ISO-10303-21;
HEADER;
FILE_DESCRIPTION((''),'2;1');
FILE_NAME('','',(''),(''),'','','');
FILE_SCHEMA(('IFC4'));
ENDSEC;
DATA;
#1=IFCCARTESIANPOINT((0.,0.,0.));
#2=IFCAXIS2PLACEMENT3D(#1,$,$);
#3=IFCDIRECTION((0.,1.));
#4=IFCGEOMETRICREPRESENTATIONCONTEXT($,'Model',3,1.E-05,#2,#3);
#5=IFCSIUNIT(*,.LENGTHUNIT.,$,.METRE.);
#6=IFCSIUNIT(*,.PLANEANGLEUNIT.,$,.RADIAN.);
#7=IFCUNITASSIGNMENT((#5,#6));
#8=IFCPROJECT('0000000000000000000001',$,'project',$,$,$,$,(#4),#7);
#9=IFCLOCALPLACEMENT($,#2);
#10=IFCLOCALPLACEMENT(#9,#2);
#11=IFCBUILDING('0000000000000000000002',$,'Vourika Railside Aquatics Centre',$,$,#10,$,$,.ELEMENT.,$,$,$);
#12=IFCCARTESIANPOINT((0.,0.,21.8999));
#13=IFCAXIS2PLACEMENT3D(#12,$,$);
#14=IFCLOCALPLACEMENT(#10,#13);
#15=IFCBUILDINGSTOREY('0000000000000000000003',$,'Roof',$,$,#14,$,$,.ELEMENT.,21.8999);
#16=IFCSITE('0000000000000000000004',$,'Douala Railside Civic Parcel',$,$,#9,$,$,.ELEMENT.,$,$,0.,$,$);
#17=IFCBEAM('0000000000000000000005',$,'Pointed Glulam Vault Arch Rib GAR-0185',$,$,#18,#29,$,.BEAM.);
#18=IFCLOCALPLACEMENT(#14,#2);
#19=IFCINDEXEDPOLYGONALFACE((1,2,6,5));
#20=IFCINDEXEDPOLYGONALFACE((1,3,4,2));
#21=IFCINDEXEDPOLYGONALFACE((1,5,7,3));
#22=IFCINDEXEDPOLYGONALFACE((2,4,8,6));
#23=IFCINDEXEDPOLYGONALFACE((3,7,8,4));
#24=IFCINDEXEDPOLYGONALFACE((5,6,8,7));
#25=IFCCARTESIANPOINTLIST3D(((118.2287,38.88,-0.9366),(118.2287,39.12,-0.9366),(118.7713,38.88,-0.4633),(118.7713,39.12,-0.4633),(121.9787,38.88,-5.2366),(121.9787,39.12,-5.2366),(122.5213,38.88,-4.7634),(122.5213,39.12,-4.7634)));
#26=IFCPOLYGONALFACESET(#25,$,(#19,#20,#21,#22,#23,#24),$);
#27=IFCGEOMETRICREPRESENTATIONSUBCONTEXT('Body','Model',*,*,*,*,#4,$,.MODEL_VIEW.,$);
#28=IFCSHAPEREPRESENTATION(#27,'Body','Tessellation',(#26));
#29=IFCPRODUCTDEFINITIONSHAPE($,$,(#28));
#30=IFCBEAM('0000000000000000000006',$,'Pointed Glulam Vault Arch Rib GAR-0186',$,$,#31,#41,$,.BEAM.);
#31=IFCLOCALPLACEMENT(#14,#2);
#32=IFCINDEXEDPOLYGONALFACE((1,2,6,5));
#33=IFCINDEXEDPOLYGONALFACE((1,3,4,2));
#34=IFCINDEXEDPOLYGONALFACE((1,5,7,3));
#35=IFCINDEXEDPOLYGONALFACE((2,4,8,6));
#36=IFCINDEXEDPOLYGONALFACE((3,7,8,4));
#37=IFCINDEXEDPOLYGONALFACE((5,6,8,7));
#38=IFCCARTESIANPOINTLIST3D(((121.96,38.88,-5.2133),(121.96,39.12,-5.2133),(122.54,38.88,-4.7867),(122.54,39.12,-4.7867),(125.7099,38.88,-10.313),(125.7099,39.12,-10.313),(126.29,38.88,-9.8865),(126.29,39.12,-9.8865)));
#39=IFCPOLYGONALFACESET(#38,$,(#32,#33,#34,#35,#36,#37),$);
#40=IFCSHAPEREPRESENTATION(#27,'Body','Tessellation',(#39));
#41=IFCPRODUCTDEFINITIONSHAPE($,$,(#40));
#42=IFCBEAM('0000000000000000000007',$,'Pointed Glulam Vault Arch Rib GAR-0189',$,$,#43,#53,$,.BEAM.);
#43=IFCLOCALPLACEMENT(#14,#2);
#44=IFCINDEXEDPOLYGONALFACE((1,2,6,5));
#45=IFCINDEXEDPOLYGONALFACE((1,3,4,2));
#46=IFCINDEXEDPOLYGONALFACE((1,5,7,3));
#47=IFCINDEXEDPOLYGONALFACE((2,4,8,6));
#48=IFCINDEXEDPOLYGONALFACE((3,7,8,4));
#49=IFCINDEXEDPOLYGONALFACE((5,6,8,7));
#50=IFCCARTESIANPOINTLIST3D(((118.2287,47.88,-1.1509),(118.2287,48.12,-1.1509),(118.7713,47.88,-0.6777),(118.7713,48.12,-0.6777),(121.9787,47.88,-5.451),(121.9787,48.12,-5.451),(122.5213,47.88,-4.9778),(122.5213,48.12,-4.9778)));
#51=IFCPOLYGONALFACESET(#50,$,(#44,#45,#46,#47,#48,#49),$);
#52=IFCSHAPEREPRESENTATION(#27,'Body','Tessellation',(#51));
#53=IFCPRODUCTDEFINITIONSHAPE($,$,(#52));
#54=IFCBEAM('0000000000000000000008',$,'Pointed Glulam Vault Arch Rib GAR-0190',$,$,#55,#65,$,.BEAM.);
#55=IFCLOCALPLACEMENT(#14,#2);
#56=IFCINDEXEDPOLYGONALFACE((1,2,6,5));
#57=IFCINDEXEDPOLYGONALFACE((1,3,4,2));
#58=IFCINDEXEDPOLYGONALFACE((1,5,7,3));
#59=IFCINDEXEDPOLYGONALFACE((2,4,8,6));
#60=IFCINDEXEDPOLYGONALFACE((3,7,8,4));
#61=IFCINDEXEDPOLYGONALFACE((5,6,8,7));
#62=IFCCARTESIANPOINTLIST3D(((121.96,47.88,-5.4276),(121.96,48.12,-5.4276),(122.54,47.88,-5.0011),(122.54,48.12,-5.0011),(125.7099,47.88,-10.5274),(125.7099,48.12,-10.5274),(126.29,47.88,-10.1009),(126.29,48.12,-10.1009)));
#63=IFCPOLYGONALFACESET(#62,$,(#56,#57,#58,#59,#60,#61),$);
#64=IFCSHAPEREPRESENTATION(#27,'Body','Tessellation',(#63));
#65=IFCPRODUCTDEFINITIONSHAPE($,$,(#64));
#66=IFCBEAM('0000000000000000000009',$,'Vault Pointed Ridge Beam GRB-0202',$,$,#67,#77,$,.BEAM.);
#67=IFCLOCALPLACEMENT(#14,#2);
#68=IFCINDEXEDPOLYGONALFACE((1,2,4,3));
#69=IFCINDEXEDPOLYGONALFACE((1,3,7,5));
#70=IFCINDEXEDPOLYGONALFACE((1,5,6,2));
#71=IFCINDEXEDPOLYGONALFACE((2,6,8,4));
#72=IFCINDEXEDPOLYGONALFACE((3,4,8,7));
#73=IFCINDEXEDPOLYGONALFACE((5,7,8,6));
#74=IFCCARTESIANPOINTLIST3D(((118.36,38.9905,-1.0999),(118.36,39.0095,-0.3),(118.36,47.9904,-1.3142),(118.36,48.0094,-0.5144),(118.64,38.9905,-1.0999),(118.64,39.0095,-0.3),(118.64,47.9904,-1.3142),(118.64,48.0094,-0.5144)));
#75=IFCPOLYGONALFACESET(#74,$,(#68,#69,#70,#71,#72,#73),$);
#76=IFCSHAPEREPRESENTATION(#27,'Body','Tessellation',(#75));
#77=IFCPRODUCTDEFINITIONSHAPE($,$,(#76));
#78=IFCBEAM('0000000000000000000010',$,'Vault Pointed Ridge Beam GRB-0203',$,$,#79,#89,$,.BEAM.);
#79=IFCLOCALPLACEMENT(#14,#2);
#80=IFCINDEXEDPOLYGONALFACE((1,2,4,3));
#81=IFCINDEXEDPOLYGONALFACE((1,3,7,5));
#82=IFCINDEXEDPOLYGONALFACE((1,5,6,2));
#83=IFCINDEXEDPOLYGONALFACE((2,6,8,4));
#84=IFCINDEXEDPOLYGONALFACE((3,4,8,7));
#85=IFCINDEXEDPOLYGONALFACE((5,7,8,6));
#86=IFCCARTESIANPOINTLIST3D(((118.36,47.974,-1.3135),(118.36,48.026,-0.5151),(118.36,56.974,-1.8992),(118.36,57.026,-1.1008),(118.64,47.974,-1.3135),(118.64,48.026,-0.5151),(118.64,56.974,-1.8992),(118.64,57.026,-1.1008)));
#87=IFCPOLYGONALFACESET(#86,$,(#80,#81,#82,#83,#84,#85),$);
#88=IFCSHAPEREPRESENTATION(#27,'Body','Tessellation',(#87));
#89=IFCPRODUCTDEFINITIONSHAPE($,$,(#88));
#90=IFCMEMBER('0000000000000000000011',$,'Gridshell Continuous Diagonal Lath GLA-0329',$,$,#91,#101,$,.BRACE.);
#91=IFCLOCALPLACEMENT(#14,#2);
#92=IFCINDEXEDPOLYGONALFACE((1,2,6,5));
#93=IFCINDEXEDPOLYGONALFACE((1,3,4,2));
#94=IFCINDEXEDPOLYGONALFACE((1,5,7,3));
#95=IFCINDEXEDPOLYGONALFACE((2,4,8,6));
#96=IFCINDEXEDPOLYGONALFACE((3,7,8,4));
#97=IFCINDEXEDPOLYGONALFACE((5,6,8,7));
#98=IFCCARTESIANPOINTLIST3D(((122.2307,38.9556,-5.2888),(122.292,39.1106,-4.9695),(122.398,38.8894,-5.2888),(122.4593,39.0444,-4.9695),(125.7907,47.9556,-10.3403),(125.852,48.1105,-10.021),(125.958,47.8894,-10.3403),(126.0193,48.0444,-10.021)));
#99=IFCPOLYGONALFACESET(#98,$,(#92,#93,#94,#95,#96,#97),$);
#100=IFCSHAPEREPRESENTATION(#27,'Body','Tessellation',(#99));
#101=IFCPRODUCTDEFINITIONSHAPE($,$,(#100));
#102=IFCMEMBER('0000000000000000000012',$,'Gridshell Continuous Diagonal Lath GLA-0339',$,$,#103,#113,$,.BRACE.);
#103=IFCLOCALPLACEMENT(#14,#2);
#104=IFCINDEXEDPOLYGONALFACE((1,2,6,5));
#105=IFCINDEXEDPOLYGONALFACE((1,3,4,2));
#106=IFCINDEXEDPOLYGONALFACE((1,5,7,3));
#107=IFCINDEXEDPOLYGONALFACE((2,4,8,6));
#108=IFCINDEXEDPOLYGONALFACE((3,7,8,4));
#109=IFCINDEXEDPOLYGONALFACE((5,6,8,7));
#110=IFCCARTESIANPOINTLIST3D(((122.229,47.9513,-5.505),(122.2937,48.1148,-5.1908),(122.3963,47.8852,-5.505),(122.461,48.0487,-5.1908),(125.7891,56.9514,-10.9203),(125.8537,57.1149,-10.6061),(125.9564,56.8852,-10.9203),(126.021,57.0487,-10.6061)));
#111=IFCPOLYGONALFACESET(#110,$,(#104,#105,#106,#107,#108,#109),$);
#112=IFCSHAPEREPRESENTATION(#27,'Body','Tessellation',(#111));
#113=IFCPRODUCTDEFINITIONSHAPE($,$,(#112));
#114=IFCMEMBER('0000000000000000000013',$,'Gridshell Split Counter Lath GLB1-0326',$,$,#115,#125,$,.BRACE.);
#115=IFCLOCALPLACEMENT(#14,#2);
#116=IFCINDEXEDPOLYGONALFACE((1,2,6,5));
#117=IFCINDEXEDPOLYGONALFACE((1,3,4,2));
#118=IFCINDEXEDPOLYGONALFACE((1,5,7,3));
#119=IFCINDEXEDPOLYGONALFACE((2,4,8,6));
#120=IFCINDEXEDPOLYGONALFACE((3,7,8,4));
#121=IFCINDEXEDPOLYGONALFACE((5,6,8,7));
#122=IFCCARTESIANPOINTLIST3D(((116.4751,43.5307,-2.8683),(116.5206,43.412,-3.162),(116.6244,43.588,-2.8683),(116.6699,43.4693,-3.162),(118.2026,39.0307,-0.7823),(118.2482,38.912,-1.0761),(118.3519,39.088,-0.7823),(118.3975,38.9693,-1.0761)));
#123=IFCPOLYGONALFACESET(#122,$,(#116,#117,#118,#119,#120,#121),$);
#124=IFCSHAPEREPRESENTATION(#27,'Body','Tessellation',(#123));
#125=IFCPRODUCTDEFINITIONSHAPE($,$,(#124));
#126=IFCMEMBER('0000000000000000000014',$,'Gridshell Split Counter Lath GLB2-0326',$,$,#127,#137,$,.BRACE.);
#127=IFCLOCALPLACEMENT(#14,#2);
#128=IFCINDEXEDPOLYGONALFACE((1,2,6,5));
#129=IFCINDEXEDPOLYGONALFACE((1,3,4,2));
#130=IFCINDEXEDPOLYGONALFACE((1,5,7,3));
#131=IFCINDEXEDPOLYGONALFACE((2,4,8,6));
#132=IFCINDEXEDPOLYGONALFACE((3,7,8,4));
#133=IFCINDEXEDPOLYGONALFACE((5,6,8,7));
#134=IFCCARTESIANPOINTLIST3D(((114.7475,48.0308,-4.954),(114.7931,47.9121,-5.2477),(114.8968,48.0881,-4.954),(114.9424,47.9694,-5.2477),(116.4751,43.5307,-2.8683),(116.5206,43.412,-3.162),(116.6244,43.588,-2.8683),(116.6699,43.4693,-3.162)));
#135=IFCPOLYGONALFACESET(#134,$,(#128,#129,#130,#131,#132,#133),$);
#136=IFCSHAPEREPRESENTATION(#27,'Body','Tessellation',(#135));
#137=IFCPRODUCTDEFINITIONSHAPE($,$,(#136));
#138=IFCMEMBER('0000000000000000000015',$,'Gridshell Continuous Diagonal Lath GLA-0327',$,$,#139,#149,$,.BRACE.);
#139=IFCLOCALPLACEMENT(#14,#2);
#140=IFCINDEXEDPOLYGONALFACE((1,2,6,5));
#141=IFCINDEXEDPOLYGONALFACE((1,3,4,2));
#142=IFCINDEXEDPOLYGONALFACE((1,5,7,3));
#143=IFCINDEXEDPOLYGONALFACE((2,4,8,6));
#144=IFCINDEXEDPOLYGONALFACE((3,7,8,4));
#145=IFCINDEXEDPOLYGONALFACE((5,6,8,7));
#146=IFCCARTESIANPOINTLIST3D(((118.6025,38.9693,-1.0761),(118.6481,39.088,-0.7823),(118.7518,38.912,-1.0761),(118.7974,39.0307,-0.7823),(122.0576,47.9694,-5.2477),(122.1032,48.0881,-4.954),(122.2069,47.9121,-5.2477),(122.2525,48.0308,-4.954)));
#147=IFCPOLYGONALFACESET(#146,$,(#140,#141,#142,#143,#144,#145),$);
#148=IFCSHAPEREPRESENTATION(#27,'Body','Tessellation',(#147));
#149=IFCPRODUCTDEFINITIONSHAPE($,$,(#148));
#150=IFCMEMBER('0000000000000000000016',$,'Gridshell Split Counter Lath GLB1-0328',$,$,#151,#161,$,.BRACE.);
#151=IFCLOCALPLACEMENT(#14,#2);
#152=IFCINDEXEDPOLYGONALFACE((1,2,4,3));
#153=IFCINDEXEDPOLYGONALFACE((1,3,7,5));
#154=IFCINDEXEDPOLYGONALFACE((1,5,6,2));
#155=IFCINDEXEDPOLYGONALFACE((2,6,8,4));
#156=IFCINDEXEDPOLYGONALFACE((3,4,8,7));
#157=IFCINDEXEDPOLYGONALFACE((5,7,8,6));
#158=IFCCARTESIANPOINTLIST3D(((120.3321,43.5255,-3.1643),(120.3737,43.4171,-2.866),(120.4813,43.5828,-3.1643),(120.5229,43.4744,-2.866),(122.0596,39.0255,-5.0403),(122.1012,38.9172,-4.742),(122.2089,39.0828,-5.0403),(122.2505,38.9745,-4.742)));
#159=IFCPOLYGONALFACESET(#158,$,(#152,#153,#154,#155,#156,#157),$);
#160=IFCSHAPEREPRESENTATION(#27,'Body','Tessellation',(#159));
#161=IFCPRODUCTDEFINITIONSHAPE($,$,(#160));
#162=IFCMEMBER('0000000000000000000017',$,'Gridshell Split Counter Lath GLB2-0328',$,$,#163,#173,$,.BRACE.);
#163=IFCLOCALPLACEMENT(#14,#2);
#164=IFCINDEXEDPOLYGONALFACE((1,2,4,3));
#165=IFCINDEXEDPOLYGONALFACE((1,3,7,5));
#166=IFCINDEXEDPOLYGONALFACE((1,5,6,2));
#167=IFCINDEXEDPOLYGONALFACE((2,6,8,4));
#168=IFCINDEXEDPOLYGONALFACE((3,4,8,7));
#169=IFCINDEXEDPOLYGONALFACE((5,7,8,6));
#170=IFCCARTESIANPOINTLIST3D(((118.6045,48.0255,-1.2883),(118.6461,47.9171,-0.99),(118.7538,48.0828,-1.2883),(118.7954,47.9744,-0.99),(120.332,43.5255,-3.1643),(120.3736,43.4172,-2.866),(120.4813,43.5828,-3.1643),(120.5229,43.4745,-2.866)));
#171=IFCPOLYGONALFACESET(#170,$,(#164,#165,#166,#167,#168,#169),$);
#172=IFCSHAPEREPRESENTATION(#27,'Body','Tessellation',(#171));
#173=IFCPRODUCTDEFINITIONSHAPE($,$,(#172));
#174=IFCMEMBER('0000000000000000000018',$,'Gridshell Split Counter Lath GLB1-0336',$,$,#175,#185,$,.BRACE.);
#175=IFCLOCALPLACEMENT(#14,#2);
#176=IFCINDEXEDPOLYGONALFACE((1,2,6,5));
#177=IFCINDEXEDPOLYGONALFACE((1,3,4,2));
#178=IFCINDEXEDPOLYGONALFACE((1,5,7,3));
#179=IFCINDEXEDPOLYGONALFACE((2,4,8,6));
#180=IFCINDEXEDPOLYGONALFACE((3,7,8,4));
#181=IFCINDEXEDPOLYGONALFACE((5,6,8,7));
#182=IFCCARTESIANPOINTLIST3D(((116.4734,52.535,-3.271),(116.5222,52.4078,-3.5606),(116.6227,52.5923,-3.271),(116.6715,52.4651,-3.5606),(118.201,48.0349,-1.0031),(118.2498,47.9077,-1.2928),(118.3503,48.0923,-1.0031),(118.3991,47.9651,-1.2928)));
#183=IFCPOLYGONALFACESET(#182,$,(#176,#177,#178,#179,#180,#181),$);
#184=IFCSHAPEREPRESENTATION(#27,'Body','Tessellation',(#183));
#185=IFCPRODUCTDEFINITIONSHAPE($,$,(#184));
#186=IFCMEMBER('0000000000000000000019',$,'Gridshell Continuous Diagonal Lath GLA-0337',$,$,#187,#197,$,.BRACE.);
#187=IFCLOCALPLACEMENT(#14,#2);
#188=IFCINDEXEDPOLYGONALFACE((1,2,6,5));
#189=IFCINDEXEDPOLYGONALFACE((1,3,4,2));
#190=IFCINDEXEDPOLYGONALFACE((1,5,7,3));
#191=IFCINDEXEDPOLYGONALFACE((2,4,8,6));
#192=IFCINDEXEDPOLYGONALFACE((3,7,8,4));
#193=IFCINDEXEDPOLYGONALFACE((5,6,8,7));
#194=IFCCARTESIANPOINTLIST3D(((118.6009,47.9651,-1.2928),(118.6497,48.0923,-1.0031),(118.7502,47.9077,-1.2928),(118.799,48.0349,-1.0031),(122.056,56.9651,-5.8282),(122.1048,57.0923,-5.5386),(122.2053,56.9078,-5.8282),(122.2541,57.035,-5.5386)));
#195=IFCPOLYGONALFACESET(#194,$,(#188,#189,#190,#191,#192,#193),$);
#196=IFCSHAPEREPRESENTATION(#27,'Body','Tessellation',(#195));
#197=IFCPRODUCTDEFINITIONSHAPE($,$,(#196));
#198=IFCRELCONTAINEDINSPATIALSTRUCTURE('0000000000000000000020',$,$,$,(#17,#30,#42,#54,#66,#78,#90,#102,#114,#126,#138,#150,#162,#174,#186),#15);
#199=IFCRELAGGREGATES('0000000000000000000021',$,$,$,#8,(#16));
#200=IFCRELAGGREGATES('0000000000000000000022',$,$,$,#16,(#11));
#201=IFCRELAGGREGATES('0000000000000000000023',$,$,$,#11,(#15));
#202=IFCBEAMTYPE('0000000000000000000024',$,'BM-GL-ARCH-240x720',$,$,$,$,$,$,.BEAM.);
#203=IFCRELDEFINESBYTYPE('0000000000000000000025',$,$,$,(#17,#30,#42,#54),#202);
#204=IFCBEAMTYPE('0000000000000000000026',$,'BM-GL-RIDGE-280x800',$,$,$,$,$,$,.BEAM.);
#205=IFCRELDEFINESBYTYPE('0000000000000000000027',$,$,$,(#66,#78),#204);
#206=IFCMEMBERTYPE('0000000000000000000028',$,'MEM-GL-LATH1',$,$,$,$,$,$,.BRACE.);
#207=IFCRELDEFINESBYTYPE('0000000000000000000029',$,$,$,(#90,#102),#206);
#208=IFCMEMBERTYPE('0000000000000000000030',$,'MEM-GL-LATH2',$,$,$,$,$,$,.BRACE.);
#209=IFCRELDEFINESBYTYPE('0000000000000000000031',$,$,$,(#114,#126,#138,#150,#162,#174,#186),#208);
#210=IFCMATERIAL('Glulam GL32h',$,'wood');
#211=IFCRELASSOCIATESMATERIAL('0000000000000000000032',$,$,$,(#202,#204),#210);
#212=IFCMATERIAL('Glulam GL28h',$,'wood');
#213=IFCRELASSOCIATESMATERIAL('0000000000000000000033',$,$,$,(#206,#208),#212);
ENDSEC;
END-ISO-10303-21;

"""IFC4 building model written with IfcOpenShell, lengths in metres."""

from ifc_helpers import new_model, si_unit, direction, frame, origin, origin_2d, place, context, subcontext, project, spatial, rectangle, extrude, material, material_profile, profile_set, type_object, element, save


model = new_model("IFC4")

# Units and contexts
model_context = context("Model", 3, precision=1e-05, world=origin(), true_north=direction((0.0, 1.0)))
body_context = subcontext(model_context, "Body", "Model", "MODEL_VIEW")
ifc_project = project(units=[si_unit("LENGTHUNIT", "METRE"), si_unit("PLANEANGLEUNIT", "RADIAN")], contexts=[model_context])

# Site, building, storey
site_placement = place(None, origin())
site = spatial("IfcSite", under=ifc_project, at=site_placement, Name="Douala Railside Civic Parcel", CompositionType="ELEMENT", RefElevation=0.0)
building_placement = place(site_placement, origin())
building = spatial("IfcBuilding", under=site, at=building_placement, Name="Vourika Railside Aquatics Centre", CompositionType="ELEMENT")
storey_placement = place(building_placement, frame((0.0, 0.0, 21.8999)))
storey = spatial("IfcBuildingStorey", under=building, at=storey_placement, Name="Roof", CompositionType="ELEMENT", Elevation=21.8999)

# Beams
ifc_material_1 = material(Name="Glulam GL32h", Category="wood")
ifc_material_profile_1 = material_profile(ifc_material_1, rectangle(XDim=0.24, YDim=0.72, at=origin_2d()), Name="GL32h 240x720")
ifc_profile_set_1 = profile_set([ifc_material_profile_1], Name="Glulam GL32h")
beam_type_1 = type_object("IfcBeamType", Name="BM-GL-ARCH-240x720", PredefinedType="BEAM", material=ifc_profile_set_1)
beam_1_placement = place(storey_placement, frame((118.5, 39.0, -0.7), z_axis=(0.657259, 0.0, -0.753665), x_axis=(0.0, 1.0, 0.0)))
element("IfcBeam", 1, at=beam_1_placement, inside=storey, type_object=beam_type_1, Name="Pointed Glulam Vault Arch Rib GAR-0185", PredefinedType="BEAM", context=body_context, shape_type="SweptSolid", body=[
    extrude(rectangle(XDim=0.24, YDim=0.72, at=origin_2d()), origin(), (0.0, 0.0, 1.0), 5.7056),
])
beam_2_placement = place(storey_placement, frame((122.25, 39.0, -5.0), z_axis=(0.592401, 0.0, -0.805643), x_axis=(0.0, 1.0, 0.0)))
element("IfcBeam", 2, at=beam_2_placement, inside=storey, type_object=beam_type_1, Name="Pointed Glulam Vault Arch Rib GAR-0186", PredefinedType="BEAM", context=body_context, shape_type="SweptSolid", body=[
    extrude(rectangle(XDim=0.24, YDim=0.72, at=origin_2d()), origin(), (0.0, 0.0, 1.0), 6.3301),
])
beam_3_placement = place(storey_placement, frame((118.5, 48.0, -0.9143), z_axis=(0.657259, 0.0, -0.753665), x_axis=(0.0, 1.0, 0.0)))
element("IfcBeam", 3, at=beam_3_placement, inside=storey, type_object=beam_type_1, Name="Pointed Glulam Vault Arch Rib GAR-0189", PredefinedType="BEAM", context=body_context, shape_type="SweptSolid", body=[
    extrude(rectangle(XDim=0.24, YDim=0.72, at=origin_2d()), origin(), (0.0, 0.0, 1.0), 5.7056),
])
beam_4_placement = place(storey_placement, frame((122.25, 48.0, -5.2144), z_axis=(0.592401, 0.0, -0.805643), x_axis=(0.0, 1.0, 0.0)))
element("IfcBeam", 4, at=beam_4_placement, inside=storey, type_object=beam_type_1, Name="Pointed Glulam Vault Arch Rib GAR-0190", PredefinedType="BEAM", context=body_context, shape_type="SweptSolid", body=[
    extrude(rectangle(XDim=0.24, YDim=0.72, at=origin_2d()), origin(), (0.0, 0.0, 1.0), 6.3301),
])
ifc_material_profile_2 = material_profile(ifc_material_1, rectangle(XDim=0.28, YDim=0.8, at=origin_2d()), Name="GL32h 280x800")
ifc_profile_set_2 = profile_set([ifc_material_profile_2], Name="Glulam GL32h")
beam_type_2 = type_object("IfcBeamType", Name="BM-GL-RIDGE-280x800", PredefinedType="BEAM", material=ifc_profile_set_2)
beam_5_placement = place(storey_placement, frame((118.5, 39.0, -0.7), z_axis=(0.0, 0.999716, -0.023811), x_axis=(-1.0, 0.0, 0.0)))
element("IfcBeam", 5, at=beam_5_placement, inside=storey, type_object=beam_type_2, Name="Vault Pointed Ridge Beam GRB-0202", PredefinedType="BEAM", context=body_context, shape_type="SweptSolid", body=[
    extrude(rectangle(XDim=0.28, YDim=0.8, at=origin_2d()), origin(), (0.0, 0.0, 1.0), 9.0024),
])
beam_6_placement = place(storey_placement, frame((118.5, 48.0, -0.9143), z_axis=(0.0, 0.997889, -0.06494), x_axis=(-1.0, 0.0, 0.0)))
element("IfcBeam", 6, at=beam_6_placement, inside=storey, type_object=beam_type_2, Name="Vault Pointed Ridge Beam GRB-0203", PredefinedType="BEAM", context=body_context, shape_type="SweptSolid", body=[
    extrude(rectangle(XDim=0.28, YDim=0.8, at=origin_2d()), origin(), (0.0, 0.0, 1.0), 9.019),
])

# Members
ifc_material_2 = material(Name="Glulam GL28h", Category="wood")
ifc_material_profile_3 = material_profile(ifc_material_2, rectangle(XDim=0.1799, YDim=0.3601, at=origin_2d()), Name="GL28h 180x360")
ifc_profile_set_3 = profile_set([ifc_material_profile_3], Name="Glulam GL28h")
member_type_1 = type_object("IfcMemberType", Name="MEM-GL-LATH1", PredefinedType="BRACE", material=ifc_profile_set_3)
member_1_placement = place(storey_placement, frame((122.345, 39.0, -5.1292), z_axis=(0.326087, 0.824365, -0.462699), x_axis=(-0.929893, 0.36783, 0.0)))
element("IfcMember", 7, at=member_1_placement, inside=storey, type_object=member_type_1, Name="Gridshell Continuous Diagonal Lath GLA-0329", PredefinedType="BRACE", context=body_context, shape_type="SweptSolid", body=[
    extrude(rectangle(XDim=0.1799, YDim=0.3601, at=origin_2d()), origin(), (0.0, 0.0, 1.0), 10.9175),
])
member_2_placement = place(storey_placement, frame((122.345, 48.0, -5.3479), z_axis=(0.321001, 0.811505, -0.488281), x_axis=(-0.929893, 0.36783, 0.0)))
element("IfcMember", 8, at=member_2_placement, inside=storey, type_object=member_type_1, Name="Gridshell Continuous Diagonal Lath GLA-0339", PredefinedType="BRACE", context=body_context, shape_type="SweptSolid", body=[
    extrude(rectangle(XDim=0.1799, YDim=0.3601, at=origin_2d()), origin(), (0.0, 0.0, 1.0), 11.0906),
])
ifc_material_profile_4 = material_profile(ifc_material_2, rectangle(XDim=0.1599, YDim=0.3201, at=origin_2d()), Name="GL28h 160x320")
ifc_profile_set_4 = profile_set([ifc_material_profile_4], Name="Glulam GL28h")
member_type_2 = type_object("IfcMemberType", Name="MEM-GL-LATH2", PredefinedType="BRACE", material=ifc_profile_set_4)
for number, where, z_axis, x_axis, name in (
    (9, (118.3, 39.0, -0.9292), (-0.328918, 0.856785, -0.397156), (-0.93357, -0.358395, 0.0), "Gridshell Split Counter Lath GLB1-0326"),
    (10, (116.5725, 43.5, -3.0151), (-0.328924, 0.856801, -0.397116), (-0.93357, -0.358395, 0.0), "Gridshell Split Counter Lath GLB2-0326"),
):
    element("IfcMember", number, at=place(storey_placement, frame(where, z_axis=z_axis, x_axis=x_axis)), inside=storey, type_object=member_type_2, Name=name, PredefinedType="BRACE", context=body_context, shape_type="SweptSolid", body=[
        extrude(rectangle(XDim=0.1599, YDim=0.3201, at=origin_2d()), origin(), (0.0, 0.0, 1.0), 5.2522),
    ])
member_3_placement = place(storey_placement, frame((118.7, 39.0, -0.9292), z_axis=(0.328921, 0.856793, -0.397136), x_axis=(-0.93357, 0.358395, 0.0)))
element("IfcMember", 11, at=member_3_placement, inside=storey, type_object=member_type_2, Name="Gridshell Continuous Diagonal Lath GLA-0327", PredefinedType="BRACE", context=body_context, shape_type="SweptSolid", body=[
    extrude(rectangle(XDim=0.1599, YDim=0.3201, at=origin_2d()), origin(), (0.0, 0.0, 1.0), 10.5044),
])
for number, where, z_axis, x_axis, name in (
    (12, (122.155, 39.0, -4.8911), (-0.333992, 0.870003, 0.36269), (-0.93357, -0.358395, 0.0), "Gridshell Split Counter Lath GLB1-0328"),
    (13, (120.4275, 43.5, -3.0151), (-0.333992, 0.870003, 0.36269), (-0.93357, -0.358395, 0.0), "Gridshell Split Counter Lath GLB2-0328"),
):
    element("IfcMember", number, at=place(storey_placement, frame(where, z_axis=z_axis, x_axis=x_axis)), inside=storey, type_object=member_type_2, Name=name, PredefinedType="BRACE", context=body_context, shape_type="SweptSolid", body=[
        extrude(rectangle(XDim=0.1599, YDim=0.3201, at=origin_2d()), origin(), (0.0, 0.0, 1.0), 5.1724),
    ])
member_4_placement = place(storey_placement, frame((118.3, 48.0, -1.1479), z_axis=(-0.324296, 0.844746, -0.425719), x_axis=(-0.93357, -0.358395, 0.0)))
element("IfcMember", 14, at=member_4_placement, inside=storey, type_object=member_type_2, Name="Gridshell Split Counter Lath GLB1-0336", PredefinedType="BRACE", context=body_context, shape_type="SweptSolid", body=[
    extrude(rectangle(XDim=0.1599, YDim=0.3201, at=origin_2d()), origin(), (0.0, 0.0, 1.0), 5.3271),
])
member_5_placement = place(storey_placement, frame((118.7, 48.0, -1.1479), z_axis=(0.324299, 0.844754, -0.4257), x_axis=(-0.93357, 0.358395, 0.0)))
element("IfcMember", 15, at=member_5_placement, inside=storey, type_object=member_type_2, Name="Gridshell Continuous Diagonal Lath GLA-0337", PredefinedType="BRACE", context=body_context, shape_type="SweptSolid", body=[
    extrude(rectangle(XDim=0.1599, YDim=0.3201, at=origin_2d()), origin(), (0.0, 0.0, 1.0), 10.6541),
])

save(model, "model.ifc")
